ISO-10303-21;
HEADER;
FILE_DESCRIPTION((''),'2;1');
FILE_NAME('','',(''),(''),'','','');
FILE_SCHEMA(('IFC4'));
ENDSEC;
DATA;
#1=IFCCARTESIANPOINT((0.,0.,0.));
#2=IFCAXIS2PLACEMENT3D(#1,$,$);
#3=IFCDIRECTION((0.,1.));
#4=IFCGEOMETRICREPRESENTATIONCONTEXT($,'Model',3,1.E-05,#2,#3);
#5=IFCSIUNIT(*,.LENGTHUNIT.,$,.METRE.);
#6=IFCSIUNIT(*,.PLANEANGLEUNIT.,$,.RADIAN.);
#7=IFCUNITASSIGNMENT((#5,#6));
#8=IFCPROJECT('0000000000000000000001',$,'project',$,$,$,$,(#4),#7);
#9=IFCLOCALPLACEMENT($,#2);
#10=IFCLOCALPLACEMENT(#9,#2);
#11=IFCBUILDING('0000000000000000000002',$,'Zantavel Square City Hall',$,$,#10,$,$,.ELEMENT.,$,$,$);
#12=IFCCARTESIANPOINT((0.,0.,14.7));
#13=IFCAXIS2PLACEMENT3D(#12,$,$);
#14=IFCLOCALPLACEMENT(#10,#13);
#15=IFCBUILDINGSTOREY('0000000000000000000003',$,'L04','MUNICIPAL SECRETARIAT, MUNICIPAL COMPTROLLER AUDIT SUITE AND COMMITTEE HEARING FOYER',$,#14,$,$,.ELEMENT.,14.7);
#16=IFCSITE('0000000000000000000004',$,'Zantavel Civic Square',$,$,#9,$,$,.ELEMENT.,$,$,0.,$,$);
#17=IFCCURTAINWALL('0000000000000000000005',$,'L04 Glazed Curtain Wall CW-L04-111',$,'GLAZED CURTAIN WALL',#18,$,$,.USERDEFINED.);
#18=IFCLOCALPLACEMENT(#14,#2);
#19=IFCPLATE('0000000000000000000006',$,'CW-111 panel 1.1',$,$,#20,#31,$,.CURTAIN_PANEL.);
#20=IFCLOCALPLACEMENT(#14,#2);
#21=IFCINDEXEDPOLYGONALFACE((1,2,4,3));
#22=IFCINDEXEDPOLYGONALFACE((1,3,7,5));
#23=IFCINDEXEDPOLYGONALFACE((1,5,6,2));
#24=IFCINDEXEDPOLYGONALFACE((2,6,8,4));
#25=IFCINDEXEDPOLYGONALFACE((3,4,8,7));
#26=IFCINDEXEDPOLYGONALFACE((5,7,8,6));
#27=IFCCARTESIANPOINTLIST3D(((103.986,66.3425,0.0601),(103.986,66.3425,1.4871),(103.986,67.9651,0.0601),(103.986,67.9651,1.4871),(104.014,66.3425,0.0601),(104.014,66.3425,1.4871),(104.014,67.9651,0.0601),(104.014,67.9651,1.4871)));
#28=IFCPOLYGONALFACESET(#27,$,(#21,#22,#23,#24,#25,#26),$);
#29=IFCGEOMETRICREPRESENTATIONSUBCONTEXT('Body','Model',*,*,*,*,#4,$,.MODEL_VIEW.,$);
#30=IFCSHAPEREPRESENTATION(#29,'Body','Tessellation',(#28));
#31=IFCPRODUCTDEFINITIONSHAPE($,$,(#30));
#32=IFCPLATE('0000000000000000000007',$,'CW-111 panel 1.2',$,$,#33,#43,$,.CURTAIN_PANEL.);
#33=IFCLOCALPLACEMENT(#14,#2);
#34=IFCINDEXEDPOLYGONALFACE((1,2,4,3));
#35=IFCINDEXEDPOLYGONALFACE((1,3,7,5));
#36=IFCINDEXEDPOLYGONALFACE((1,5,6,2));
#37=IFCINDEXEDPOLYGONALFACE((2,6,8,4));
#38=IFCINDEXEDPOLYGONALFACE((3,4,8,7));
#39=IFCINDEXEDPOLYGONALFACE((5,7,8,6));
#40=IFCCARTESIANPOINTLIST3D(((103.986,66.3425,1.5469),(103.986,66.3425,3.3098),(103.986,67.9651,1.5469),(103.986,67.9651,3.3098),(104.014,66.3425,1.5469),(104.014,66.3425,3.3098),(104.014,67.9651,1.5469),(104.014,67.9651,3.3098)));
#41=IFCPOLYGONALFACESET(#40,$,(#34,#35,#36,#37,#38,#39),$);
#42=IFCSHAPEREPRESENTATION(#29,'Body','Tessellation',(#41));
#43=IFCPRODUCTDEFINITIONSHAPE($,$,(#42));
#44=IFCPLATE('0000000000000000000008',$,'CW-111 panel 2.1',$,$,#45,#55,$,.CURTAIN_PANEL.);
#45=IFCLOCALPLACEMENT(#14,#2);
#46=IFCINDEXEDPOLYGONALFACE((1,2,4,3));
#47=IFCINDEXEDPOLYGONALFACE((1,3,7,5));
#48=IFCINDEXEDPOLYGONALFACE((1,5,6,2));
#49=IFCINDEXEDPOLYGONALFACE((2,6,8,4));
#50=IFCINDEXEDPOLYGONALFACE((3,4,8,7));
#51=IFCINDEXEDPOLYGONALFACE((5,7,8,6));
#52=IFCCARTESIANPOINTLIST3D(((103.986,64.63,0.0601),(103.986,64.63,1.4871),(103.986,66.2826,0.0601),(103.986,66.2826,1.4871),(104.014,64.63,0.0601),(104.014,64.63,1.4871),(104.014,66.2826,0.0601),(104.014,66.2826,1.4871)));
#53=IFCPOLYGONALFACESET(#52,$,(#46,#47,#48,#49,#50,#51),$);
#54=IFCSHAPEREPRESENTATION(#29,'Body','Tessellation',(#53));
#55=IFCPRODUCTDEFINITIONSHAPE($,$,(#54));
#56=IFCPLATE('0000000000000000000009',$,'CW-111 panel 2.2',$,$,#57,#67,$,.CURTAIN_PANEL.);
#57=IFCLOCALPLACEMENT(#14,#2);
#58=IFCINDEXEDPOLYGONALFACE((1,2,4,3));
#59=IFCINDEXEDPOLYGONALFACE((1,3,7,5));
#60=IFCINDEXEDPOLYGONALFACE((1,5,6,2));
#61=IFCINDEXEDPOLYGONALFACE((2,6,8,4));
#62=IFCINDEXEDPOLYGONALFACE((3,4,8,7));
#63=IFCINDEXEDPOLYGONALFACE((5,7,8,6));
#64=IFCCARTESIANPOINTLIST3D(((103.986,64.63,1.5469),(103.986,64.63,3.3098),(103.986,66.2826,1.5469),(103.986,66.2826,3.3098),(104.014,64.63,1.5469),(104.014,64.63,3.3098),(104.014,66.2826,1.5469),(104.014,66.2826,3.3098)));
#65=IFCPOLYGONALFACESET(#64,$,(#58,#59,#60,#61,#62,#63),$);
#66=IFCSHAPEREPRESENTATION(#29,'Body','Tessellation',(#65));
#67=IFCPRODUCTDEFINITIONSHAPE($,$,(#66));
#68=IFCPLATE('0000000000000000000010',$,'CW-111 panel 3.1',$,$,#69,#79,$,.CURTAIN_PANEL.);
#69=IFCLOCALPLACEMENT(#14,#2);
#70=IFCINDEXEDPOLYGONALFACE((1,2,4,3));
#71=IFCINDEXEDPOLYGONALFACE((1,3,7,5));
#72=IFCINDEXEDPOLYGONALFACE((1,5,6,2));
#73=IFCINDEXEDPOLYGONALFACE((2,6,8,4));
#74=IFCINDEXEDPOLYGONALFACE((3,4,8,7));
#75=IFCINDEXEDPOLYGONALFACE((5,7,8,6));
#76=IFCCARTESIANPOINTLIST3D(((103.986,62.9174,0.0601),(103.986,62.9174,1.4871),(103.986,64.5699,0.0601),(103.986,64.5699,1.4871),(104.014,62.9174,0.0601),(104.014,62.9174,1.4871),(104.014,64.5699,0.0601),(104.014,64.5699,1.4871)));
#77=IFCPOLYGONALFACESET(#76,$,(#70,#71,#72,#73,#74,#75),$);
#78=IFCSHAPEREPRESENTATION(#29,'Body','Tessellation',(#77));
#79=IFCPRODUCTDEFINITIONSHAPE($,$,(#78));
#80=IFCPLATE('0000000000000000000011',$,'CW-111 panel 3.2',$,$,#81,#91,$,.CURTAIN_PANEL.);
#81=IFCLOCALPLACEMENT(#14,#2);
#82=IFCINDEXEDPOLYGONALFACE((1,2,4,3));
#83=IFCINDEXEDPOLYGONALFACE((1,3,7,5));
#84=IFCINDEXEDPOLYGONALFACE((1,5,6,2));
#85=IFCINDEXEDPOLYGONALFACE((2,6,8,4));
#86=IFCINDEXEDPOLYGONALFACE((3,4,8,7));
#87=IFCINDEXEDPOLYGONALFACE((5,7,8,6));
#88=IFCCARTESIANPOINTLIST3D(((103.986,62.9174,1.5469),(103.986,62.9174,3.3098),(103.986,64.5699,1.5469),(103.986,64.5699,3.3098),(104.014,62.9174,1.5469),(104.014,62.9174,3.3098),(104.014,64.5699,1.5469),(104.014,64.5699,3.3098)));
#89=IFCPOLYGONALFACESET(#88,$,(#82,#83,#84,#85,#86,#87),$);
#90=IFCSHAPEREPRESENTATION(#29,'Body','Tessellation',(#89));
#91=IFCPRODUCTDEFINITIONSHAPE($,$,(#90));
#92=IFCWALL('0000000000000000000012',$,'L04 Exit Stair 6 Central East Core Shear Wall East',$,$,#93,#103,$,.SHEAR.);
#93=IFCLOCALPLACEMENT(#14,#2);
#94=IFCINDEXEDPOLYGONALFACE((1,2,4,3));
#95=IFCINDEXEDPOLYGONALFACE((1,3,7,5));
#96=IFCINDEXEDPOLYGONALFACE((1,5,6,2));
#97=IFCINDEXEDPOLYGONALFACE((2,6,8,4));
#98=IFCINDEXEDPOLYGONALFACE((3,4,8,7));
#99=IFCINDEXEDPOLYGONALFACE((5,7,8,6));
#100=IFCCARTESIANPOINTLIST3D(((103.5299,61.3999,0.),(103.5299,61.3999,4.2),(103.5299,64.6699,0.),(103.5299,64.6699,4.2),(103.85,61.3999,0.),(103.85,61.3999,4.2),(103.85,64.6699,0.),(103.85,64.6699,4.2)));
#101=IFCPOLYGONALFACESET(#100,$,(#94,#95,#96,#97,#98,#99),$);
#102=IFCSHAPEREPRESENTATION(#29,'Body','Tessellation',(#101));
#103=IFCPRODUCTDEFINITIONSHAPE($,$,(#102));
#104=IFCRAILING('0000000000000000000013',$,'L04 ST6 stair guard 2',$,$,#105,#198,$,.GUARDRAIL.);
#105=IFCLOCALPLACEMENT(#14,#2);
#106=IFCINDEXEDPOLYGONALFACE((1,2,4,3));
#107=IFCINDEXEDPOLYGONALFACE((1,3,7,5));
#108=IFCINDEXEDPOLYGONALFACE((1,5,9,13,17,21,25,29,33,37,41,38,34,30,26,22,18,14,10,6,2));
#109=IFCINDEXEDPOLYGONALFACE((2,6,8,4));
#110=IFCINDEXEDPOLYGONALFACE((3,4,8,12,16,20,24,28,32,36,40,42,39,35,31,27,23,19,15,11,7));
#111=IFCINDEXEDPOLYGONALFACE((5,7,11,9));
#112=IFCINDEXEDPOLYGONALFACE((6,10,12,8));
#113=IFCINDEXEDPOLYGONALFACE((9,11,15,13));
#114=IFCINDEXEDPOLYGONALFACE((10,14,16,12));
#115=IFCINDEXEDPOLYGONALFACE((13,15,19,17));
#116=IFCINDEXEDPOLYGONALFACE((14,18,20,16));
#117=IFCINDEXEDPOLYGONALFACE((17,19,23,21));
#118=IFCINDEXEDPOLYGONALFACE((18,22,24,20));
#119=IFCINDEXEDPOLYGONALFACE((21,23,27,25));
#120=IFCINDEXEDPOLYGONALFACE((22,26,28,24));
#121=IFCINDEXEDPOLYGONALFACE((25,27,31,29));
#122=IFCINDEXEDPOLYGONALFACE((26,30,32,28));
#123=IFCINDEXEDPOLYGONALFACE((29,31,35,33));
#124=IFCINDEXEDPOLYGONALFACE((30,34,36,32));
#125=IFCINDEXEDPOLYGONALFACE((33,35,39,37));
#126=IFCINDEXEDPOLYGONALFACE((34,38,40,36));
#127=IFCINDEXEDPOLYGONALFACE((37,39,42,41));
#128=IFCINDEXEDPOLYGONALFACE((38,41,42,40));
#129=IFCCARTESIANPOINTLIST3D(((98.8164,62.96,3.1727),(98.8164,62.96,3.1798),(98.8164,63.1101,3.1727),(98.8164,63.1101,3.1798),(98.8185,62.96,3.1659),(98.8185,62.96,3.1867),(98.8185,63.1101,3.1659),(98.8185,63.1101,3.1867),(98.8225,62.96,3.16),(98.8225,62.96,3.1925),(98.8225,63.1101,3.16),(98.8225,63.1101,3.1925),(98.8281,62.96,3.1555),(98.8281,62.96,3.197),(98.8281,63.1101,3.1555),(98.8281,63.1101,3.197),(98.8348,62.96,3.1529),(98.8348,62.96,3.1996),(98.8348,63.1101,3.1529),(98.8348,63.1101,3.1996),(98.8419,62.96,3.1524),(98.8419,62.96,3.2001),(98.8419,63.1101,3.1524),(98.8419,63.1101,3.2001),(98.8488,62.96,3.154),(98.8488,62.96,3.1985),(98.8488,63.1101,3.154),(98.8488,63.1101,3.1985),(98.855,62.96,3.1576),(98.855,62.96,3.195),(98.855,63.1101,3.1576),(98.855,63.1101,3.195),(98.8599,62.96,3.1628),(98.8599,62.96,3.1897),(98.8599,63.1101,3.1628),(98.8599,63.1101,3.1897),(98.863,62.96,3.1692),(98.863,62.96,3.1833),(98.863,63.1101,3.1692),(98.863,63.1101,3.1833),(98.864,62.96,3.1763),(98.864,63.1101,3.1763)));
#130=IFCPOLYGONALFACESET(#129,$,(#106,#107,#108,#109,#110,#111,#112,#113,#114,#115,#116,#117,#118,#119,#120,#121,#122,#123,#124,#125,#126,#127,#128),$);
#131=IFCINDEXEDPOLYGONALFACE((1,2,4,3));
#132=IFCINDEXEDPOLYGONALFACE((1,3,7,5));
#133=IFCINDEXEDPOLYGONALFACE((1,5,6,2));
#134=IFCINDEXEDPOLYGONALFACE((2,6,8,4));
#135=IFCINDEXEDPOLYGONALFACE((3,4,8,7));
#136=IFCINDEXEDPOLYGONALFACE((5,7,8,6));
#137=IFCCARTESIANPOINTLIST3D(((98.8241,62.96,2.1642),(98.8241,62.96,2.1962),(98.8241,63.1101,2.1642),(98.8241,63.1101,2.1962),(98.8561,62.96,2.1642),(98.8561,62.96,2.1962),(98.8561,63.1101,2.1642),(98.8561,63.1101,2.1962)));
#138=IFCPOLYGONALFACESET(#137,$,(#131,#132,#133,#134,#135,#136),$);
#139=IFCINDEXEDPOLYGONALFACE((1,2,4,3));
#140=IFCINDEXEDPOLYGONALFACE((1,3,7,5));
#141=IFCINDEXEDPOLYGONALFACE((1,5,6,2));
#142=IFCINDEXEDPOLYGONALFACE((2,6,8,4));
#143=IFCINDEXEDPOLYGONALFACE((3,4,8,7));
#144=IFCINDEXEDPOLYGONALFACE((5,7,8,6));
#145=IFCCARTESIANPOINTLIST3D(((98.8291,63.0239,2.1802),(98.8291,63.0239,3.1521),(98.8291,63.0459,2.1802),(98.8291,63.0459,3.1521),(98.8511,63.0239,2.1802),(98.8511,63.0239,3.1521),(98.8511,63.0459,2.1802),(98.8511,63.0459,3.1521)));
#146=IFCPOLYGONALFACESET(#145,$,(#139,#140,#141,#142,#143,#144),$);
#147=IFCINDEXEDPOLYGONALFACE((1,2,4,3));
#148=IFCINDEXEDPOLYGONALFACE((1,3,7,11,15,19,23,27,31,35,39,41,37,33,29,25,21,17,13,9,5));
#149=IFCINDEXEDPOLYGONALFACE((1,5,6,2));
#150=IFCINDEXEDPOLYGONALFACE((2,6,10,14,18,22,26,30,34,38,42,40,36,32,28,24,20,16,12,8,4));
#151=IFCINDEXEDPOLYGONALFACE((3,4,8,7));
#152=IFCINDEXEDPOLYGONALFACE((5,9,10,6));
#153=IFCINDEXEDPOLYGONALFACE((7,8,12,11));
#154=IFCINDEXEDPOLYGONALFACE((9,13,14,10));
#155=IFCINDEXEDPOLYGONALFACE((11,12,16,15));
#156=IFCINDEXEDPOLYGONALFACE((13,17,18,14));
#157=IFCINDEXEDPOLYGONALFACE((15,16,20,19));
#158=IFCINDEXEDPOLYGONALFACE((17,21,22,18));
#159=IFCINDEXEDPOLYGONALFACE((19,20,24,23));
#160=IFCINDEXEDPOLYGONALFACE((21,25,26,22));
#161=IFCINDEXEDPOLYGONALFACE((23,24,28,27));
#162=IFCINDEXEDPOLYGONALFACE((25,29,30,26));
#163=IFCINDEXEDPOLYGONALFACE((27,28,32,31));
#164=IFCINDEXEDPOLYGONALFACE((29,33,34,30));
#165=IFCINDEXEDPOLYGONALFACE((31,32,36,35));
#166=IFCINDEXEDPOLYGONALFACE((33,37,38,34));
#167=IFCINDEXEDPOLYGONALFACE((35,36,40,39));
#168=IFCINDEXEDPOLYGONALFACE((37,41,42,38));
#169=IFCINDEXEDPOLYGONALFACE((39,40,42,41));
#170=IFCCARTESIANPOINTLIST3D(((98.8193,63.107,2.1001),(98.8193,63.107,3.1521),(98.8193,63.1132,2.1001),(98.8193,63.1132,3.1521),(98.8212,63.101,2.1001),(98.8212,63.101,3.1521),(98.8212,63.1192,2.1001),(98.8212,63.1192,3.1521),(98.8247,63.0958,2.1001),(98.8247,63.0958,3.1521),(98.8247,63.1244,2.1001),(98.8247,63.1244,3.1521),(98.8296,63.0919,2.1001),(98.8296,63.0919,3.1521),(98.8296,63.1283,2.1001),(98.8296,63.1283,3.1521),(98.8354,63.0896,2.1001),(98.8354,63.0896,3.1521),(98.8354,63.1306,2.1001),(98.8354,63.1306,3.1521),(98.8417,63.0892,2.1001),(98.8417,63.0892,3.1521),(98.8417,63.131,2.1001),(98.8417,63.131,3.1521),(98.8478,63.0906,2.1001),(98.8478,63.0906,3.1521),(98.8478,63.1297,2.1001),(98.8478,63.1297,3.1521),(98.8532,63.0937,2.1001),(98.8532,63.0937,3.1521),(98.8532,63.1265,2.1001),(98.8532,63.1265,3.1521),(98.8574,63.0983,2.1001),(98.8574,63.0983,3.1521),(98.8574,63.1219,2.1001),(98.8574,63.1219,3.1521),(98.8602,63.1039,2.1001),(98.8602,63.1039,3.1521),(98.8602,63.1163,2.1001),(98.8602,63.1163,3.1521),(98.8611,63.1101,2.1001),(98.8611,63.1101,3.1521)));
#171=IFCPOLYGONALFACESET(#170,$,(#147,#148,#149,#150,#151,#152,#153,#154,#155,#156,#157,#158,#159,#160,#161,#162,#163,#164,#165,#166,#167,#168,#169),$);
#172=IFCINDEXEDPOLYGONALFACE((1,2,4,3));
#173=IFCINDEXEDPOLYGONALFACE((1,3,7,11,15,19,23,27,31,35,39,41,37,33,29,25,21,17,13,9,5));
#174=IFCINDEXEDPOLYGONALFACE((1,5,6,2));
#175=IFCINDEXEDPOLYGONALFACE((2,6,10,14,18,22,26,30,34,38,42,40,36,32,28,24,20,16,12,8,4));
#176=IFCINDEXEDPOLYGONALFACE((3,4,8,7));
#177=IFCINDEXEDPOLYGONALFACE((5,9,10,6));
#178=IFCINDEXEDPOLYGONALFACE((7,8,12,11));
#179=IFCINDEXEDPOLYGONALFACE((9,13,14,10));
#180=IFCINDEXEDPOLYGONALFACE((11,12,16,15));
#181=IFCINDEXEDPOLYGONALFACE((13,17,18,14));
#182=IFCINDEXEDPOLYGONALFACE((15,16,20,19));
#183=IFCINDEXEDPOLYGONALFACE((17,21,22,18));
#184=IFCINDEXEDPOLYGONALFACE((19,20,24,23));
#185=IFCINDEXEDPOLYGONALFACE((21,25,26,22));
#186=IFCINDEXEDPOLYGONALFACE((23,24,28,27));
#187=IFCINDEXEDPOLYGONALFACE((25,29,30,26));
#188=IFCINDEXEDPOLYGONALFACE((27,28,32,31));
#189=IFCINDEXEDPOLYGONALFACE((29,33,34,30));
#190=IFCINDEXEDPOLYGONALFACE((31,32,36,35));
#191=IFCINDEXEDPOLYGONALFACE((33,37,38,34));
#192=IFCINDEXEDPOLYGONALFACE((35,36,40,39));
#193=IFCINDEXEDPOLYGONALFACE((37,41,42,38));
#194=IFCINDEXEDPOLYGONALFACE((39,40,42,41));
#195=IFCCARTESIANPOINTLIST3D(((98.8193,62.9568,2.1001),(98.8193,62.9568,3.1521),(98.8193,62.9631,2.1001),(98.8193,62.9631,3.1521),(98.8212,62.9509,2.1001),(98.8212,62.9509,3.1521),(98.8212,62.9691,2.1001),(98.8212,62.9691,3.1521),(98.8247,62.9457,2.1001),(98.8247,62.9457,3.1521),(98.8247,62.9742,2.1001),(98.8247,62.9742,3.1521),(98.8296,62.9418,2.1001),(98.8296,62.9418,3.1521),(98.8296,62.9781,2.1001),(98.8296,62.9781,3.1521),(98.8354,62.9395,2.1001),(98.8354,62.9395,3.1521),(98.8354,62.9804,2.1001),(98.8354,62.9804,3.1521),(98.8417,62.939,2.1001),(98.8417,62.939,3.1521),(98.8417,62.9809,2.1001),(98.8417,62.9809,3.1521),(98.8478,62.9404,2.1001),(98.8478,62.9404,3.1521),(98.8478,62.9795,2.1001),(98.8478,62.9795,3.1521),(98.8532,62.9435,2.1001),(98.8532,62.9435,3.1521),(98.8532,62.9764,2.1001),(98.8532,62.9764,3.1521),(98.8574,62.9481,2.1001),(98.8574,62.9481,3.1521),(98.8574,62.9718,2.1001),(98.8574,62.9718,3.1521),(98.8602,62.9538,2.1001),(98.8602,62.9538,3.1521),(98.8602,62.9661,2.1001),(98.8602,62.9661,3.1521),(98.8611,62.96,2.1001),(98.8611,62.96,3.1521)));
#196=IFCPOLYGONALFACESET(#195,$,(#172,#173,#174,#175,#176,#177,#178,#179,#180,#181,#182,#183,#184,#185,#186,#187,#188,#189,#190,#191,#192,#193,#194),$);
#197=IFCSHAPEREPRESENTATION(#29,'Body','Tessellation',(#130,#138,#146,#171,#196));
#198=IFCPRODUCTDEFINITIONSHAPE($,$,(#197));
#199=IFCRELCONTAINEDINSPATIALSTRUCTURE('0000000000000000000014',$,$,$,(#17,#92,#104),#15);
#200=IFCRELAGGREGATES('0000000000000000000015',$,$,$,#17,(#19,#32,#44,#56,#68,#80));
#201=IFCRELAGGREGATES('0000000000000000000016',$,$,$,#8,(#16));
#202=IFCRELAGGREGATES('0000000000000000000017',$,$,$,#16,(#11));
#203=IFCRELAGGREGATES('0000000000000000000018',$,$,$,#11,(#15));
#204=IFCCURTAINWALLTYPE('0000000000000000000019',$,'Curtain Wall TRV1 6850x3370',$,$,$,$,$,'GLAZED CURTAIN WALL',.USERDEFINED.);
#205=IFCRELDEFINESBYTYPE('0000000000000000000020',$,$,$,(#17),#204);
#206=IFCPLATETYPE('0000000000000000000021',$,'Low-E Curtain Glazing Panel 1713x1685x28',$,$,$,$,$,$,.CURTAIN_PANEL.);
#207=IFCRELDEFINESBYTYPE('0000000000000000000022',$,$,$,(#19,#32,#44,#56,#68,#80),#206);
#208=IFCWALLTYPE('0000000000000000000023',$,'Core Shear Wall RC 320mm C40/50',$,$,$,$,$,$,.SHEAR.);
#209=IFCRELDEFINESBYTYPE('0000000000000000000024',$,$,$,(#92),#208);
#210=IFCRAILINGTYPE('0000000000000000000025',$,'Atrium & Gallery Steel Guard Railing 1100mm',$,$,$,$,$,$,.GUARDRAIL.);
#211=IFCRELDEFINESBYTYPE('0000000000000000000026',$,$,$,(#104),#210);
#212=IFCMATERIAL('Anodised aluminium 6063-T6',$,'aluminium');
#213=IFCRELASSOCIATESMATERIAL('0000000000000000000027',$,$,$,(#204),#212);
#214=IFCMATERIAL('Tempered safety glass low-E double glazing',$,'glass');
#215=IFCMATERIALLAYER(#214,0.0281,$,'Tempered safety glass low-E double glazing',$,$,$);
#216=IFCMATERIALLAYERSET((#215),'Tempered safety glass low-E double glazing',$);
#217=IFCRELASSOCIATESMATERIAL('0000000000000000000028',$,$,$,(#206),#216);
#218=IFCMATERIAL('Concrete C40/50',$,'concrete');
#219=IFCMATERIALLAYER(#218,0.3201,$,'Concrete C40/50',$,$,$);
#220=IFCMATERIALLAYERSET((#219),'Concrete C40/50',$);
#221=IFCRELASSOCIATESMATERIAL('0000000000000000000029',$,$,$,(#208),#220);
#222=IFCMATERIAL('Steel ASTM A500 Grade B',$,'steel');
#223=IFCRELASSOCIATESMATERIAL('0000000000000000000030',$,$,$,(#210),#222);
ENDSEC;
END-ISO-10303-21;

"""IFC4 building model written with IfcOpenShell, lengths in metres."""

from ifc_helpers import new_model, si_unit, direction, frame, frame_2d, origin, origin_2d, place, context, subcontext, project, spatial, rectangle, circle, extrude, material, layer, layer_set, type_object, element, aggregate, save


model = new_model("IFC4")

# Units and contexts
model_context = context("Model", 3, precision=1e-05, world=origin(), true_north=direction((0.0, 1.0)))
body_context = subcontext(model_context, "Body", "Model", "MODEL_VIEW")
ifc_project = project(units=[si_unit("LENGTHUNIT", "METRE"), si_unit("PLANEANGLEUNIT", "RADIAN")], contexts=[model_context])

# Site, building, storey
site_placement = place(None, origin())
site = spatial("IfcSite", under=ifc_project, at=site_placement, Name="Zantavel Civic Square", CompositionType="ELEMENT", RefElevation=0.0)
building_placement = place(site_placement, origin())
building = spatial("IfcBuilding", under=site, at=building_placement, Name="Zantavel Square City Hall", CompositionType="ELEMENT")
storey_placement = place(building_placement, frame((0.0, 0.0, 14.7)))
storey = spatial("IfcBuildingStorey", under=building, at=storey_placement, Name="L04", Description="MUNICIPAL SECRETARIAT, MUNICIPAL COMPTROLLER AUDIT SUITE AND COMMITTEE HEARING FOYER", CompositionType="ELEMENT", Elevation=14.7)

# Shared definitions
ifc_material_1 = material(Name="Anodised aluminium 6063-T6", Category="aluminium")

# Curtain wall
curtain_wall_type_1 = type_object("IfcCurtainWallType", Name="Curtain Wall TRV1 6850x3370", ElementType="GLAZED CURTAIN WALL", PredefinedType="USERDEFINED", material=ifc_material_1)
curtain_wall_1_placement = place(storey_placement, origin())
curtain_wall_1 = element("IfcCurtainWall", 1, at=curtain_wall_1_placement, inside=storey, type_object=curtain_wall_type_1, Name="L04 Glazed Curtain Wall CW-L04-111", ObjectType="GLAZED CURTAIN WALL", PredefinedType="USERDEFINED")

# Plates
ifc_material_2 = material(Name="Tempered safety glass low-E double glazing", Category="glass")
ifc_layer_1 = layer(ifc_material_2, 0.0281, Name="Tempered safety glass low-E double glazing")
ifc_layer_set_1 = layer_set([ifc_layer_1], Name="Tempered safety glass low-E double glazing")
plate_type_1 = type_object("IfcPlateType", Name="Low-E Curtain Glazing Panel 1713x1685x28", PredefinedType="CURTAIN_PANEL", material=ifc_layer_set_1)
plate_1_placement = place(storey_placement, frame((104.0, 67.1538, 0.0601), z_axis=(0.0, 0.0, 1.0), x_axis=(0.0, -1.0, 0.0)))
plate_1 = element("IfcPlate", 2, at=plate_1_placement, type_object=plate_type_1, Name="CW-111 panel 1.1", PredefinedType="CURTAIN_PANEL", context=body_context, shape_type="SweptSolid", body=[
    extrude(rectangle(XDim=1.6226, YDim=0.0281, at=origin_2d()), origin(), (0.0, 0.0, 1.0), 1.427),
])
plate_2_placement = place(storey_placement, frame((104.0, 67.1538, 1.5469), z_axis=(0.0, 0.0, 1.0), x_axis=(0.0, -1.0, 0.0)))
plate_2 = element("IfcPlate", 3, at=plate_2_placement, type_object=plate_type_1, Name="CW-111 panel 1.2", PredefinedType="CURTAIN_PANEL", context=body_context, shape_type="SweptSolid", body=[
    extrude(rectangle(XDim=1.6226, YDim=0.0281, at=origin_2d()), origin(), (0.0, 0.0, 1.0), 1.7629),
])
plate_3_placement = place(storey_placement, frame((104.0, 65.4563, 0.0601), z_axis=(0.0, 0.0, 1.0), x_axis=(0.0, -1.0, 0.0)))
plate_3 = element("IfcPlate", 4, at=plate_3_placement, type_object=plate_type_1, Name="CW-111 panel 2.1", PredefinedType="CURTAIN_PANEL", context=body_context, shape_type="SweptSolid", body=[
    extrude(rectangle(XDim=1.6526, YDim=0.0281, at=origin_2d()), origin(), (0.0, 0.0, 1.0), 1.427),
])
plate_4_placement = place(storey_placement, frame((104.0, 65.4563, 1.5469), z_axis=(0.0, 0.0, 1.0), x_axis=(0.0, -1.0, 0.0)))
plate_4 = element("IfcPlate", 5, at=plate_4_placement, type_object=plate_type_1, Name="CW-111 panel 2.2", PredefinedType="CURTAIN_PANEL", context=body_context, shape_type="SweptSolid", body=[
    extrude(rectangle(XDim=1.6526, YDim=0.0281, at=origin_2d()), origin(), (0.0, 0.0, 1.0), 1.7629),
])
plate_5_placement = place(storey_placement, frame((104.0, 63.7437, 0.0601), z_axis=(0.0, 0.0, 1.0), x_axis=(0.0, -1.0, 0.0)))
plate_5 = element("IfcPlate", 6, at=plate_5_placement, type_object=plate_type_1, Name="CW-111 panel 3.1", PredefinedType="CURTAIN_PANEL", context=body_context, shape_type="SweptSolid", body=[
    extrude(rectangle(XDim=1.6526, YDim=0.0281, at=origin_2d()), origin(), (0.0, 0.0, 1.0), 1.427),
])
plate_6_placement = place(storey_placement, frame((104.0, 63.7437, 1.5469), z_axis=(0.0, 0.0, 1.0), x_axis=(0.0, -1.0, 0.0)))
plate_6 = element("IfcPlate", 7, at=plate_6_placement, type_object=plate_type_1, Name="CW-111 panel 3.2", PredefinedType="CURTAIN_PANEL", context=body_context, shape_type="SweptSolid", body=[
    extrude(rectangle(XDim=1.6526, YDim=0.0281, at=origin_2d()), origin(), (0.0, 0.0, 1.0), 1.7629),
])
aggregate(curtain_wall_1, [plate_1, plate_2, plate_3, plate_4, plate_5, plate_6])

# Wall
ifc_material_3 = material(Name="Concrete C40/50", Category="concrete")
ifc_layer_2 = layer(ifc_material_3, 0.3201, Name="Concrete C40/50")
ifc_layer_set_2 = layer_set([ifc_layer_2], Name="Concrete C40/50")
wall_type = type_object("IfcWallType", Name="Core Shear Wall RC 320mm C40/50", PredefinedType="SHEAR", material=ifc_layer_set_2)
wall_placement = place(storey_placement, frame((103.6899, 64.6699, 0.0), z_axis=(0.0, 0.0, 1.0), x_axis=(0.0, -1.0, 0.0)))
element("IfcWall", 8, at=wall_placement, inside=storey, type_object=wall_type, Name="L04 Exit Stair 6 Central East Core Shear Wall East", PredefinedType="SHEAR", context=body_context, shape_type="SweptSolid", body=[
    extrude(rectangle(XDim=3.27, YDim=0.3201, at=frame_2d((1.635, 0.0))), origin(), (0.0, 0.0, 1.0), 4.2),
])

# Railing
ifc_material_4 = material(Name="Steel ASTM A500 Grade B", Category="steel")
railing_type_1 = type_object("IfcRailingType", Name="Atrium & Gallery Steel Guard Railing 1100mm", PredefinedType="GUARDRAIL", material=ifc_material_4)
railing_1_placement = place(storey_placement, frame((98.8401, 63.1101, 2.1001)))
element("IfcRailing", 9, at=railing_1_placement, inside=storey, type_object=railing_type_1, Name="L04 ST6 stair guard 2", PredefinedType="GUARDRAIL", context=body_context, shape_type="SweptSolid", body=[
    extrude(circle(Radius=0.0239, at=origin_2d()), frame((0.0, 0.0, 1.0762), z_axis=(0.0, -1.0, 0.0), x_axis=(1.0, 0.0, 0.0)), (0.0, 0.0, 1.0), 0.1501),
    extrude(rectangle(XDim=0.032, YDim=0.032, at=origin_2d()), frame((0.0, 0.0, 0.0801), z_axis=(0.0, -1.0, 0.0), x_axis=(1.0, 0.0, 0.0)), (0.0, 0.0, 1.0), 0.1501),
    extrude(rectangle(XDim=0.022, YDim=0.022, at=origin_2d()), frame((0.0, -0.0752, 0.0801)), (0.0, 0.0, 1.0), 0.9719),
    extrude(circle(Radius=0.021, at=origin_2d()), origin(), (0.0, 0.0, 1.0), 1.052),
    extrude(circle(Radius=0.021, at=origin_2d()), frame((0.0, -0.1501, 0.0)), (0.0, 0.0, 1.0), 1.052),
])

save(model, "model.ifc")
